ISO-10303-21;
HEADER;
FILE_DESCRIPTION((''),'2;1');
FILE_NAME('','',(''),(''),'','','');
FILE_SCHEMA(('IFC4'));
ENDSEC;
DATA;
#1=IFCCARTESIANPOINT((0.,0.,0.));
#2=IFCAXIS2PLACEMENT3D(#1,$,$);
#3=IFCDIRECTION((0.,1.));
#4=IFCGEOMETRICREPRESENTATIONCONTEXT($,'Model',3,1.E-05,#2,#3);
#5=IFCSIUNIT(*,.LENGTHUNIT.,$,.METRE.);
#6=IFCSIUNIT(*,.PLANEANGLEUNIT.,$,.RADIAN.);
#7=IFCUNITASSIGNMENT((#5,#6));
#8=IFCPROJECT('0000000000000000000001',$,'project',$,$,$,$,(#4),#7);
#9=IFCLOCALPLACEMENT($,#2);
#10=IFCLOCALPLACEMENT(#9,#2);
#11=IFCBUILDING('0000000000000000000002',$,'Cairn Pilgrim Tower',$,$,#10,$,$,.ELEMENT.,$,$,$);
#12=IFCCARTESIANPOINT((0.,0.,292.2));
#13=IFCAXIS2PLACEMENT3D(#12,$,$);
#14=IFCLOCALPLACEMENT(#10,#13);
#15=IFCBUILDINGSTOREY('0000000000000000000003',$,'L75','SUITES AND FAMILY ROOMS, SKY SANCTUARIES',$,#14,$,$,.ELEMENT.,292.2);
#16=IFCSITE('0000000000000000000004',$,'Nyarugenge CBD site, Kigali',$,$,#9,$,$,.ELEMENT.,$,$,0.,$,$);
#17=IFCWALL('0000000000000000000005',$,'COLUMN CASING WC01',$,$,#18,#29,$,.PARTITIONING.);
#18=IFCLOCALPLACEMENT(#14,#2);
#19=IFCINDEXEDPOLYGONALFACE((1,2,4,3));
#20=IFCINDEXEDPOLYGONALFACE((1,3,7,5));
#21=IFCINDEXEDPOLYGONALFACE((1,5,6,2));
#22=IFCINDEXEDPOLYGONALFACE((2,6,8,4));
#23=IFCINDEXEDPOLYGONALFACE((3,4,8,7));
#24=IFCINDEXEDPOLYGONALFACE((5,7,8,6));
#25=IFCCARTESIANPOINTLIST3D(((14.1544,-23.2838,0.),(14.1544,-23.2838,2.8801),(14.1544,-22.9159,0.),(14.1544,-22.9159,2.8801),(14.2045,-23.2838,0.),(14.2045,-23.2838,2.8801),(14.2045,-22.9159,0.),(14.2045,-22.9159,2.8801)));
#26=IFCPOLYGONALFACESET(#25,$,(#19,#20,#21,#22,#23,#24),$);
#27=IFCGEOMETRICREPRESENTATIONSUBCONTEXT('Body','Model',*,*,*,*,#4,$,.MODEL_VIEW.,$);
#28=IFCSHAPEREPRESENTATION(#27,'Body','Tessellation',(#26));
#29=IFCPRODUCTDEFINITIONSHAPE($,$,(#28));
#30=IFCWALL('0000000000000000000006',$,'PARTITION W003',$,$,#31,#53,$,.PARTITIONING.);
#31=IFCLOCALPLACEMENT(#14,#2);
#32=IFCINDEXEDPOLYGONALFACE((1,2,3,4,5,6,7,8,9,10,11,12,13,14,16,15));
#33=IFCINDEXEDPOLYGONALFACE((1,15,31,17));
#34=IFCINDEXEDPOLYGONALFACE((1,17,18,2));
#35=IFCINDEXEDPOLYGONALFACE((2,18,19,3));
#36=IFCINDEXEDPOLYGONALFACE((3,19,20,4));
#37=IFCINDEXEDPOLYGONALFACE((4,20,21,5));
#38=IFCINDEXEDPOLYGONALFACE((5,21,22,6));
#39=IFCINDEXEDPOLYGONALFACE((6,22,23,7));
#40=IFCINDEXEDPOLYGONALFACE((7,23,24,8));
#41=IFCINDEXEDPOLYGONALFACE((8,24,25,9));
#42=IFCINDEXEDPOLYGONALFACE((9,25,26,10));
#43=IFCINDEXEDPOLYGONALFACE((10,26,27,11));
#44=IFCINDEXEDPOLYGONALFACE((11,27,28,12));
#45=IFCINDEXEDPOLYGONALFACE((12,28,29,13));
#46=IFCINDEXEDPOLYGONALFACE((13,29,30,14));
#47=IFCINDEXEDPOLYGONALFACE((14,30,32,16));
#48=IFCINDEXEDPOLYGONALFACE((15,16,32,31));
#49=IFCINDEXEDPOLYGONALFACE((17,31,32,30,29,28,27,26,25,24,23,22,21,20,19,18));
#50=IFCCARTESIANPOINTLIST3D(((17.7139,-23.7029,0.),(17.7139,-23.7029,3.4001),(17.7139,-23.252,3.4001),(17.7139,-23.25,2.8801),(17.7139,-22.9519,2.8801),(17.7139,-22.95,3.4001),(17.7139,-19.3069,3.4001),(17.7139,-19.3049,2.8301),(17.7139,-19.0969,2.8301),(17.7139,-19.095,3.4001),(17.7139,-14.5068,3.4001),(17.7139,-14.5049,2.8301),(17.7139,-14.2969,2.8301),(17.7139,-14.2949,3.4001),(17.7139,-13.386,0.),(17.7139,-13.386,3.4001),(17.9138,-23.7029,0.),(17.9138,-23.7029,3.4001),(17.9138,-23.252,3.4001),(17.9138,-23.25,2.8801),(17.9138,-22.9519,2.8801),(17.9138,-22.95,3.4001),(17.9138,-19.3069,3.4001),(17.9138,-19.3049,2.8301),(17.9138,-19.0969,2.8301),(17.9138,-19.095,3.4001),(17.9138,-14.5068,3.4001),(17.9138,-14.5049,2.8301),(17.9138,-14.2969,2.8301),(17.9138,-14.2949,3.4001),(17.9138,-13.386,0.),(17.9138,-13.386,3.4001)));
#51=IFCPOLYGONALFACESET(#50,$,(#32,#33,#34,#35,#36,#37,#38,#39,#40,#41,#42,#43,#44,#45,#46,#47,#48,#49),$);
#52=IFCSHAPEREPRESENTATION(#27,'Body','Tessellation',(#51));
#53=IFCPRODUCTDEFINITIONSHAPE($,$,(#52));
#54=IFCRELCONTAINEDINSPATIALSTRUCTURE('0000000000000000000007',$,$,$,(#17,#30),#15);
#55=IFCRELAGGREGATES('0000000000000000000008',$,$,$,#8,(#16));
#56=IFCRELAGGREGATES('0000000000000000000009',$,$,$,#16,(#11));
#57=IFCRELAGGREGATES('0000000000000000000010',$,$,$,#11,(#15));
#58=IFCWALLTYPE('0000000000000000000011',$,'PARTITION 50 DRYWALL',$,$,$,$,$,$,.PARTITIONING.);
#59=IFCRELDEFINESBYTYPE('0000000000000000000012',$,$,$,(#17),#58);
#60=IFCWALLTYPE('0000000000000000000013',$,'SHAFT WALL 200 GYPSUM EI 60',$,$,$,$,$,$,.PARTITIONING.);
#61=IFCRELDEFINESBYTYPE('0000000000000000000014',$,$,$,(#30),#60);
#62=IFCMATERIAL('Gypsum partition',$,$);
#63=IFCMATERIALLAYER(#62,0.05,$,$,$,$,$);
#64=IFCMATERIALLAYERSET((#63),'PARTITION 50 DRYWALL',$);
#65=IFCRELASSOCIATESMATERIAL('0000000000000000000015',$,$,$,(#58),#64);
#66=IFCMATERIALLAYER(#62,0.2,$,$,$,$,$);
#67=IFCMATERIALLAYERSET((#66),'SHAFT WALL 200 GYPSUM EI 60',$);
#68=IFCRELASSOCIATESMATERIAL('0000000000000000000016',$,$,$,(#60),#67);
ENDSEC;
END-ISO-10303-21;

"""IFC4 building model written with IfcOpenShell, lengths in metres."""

from ifc_helpers import new_model, si_unit, direction, frame, frame_2d, origin, place, context, subcontext, project, spatial, polyline, rectangle, outline, extrude, material, layer, layer_set, type_object, element, save


model = new_model("IFC4")

# Units and contexts
model_context = context("Model", 3, precision=1e-05, world=origin(), true_north=direction((0.0, 1.0)))
body_context = subcontext(model_context, "Body", "Model", "MODEL_VIEW")
ifc_project = project(units=[si_unit("LENGTHUNIT", "METRE"), si_unit("PLANEANGLEUNIT", "RADIAN")], contexts=[model_context])

# Site, building, storey
site_placement = place(None, origin())
site = spatial("IfcSite", under=ifc_project, at=site_placement, Name="Nyarugenge CBD site, Kigali", CompositionType="ELEMENT", RefElevation=0.0)
building_placement = place(site_placement, origin())
building = spatial("IfcBuilding", under=site, at=building_placement, Name="Cairn Pilgrim Tower", CompositionType="ELEMENT")
storey_placement = place(building_placement, frame((0.0, 0.0, 292.2)))
storey = spatial("IfcBuildingStorey", under=building, at=storey_placement, Name="L75", Description="SUITES AND FAMILY ROOMS, SKY SANCTUARIES", CompositionType="ELEMENT", Elevation=292.2)

# Shared definitions
ifc_material_1 = material(Name="Gypsum partition")

# Walls
ifc_layer_1 = layer(ifc_material_1, 0.05)
ifc_layer_set_1 = layer_set([ifc_layer_1], Name="PARTITION 50 DRYWALL")
wall_type_1 = type_object("IfcWallType", Name="PARTITION 50 DRYWALL", PredefinedType="PARTITIONING", material=ifc_layer_set_1)
wall_1_placement = place(storey_placement, frame((14.1794, -23.2839, 0.0), z_axis=(0.0, 0.0, 1.0), x_axis=(0.0, 1.0, 0.0)))
element("IfcWall", 1, at=wall_1_placement, inside=storey, type_object=wall_type_1, Name="COLUMN CASING WC01", PredefinedType="PARTITIONING", context=body_context, shape_type="SweptSolid", body=[
    extrude(rectangle(XDim=0.3679, YDim=0.05, at=frame_2d((0.1841, 0.0))), origin(), (0.0, 0.0, 1.0), 2.8801),
])
ifc_layer_2 = layer(ifc_material_1, 0.2)
ifc_layer_set_2 = layer_set([ifc_layer_2], Name="SHAFT WALL 200 GYPSUM EI 60")
wall_type_2 = type_object("IfcWallType", Name="SHAFT WALL 200 GYPSUM EI 60", PredefinedType="PARTITIONING", material=ifc_layer_set_2)
wall_2_placement = place(storey_placement, frame((17.814, -23.7029, 0.0), z_axis=(0.0, 0.0, 1.0), x_axis=(0.0, 1.0, 0.0)))
element("IfcWall", 2, at=wall_2_placement, inside=storey, type_object=wall_type_2, Name="PARTITION W003", PredefinedType="PARTITIONING", context=body_context, shape_type="SweptSolid", body=[
    extrude(outline(polyline([(0.0, 0.0), (10.3169, 0.0), (10.3169, 3.4001), (9.408, 3.4001), (9.406, 2.8301), (9.198, 2.8301), (9.196, 3.4001), (4.6079, 3.4001), (4.606, 2.8301), (4.3979, 2.8301), (4.396, 3.4001), (0.7529, 3.4001), (0.751, 2.8801), (0.4529, 2.8801), (0.4509, 3.4001), (0.0, 3.4001), (0.0, 0.0)])), frame((0.0, 0.1001, 0.0), z_axis=(0.0, -1.0, 0.0), x_axis=(1.0, 0.0, 0.0)), (0.0, 0.0, 1.0), 0.2),
])

save(model, "model.ifc")
